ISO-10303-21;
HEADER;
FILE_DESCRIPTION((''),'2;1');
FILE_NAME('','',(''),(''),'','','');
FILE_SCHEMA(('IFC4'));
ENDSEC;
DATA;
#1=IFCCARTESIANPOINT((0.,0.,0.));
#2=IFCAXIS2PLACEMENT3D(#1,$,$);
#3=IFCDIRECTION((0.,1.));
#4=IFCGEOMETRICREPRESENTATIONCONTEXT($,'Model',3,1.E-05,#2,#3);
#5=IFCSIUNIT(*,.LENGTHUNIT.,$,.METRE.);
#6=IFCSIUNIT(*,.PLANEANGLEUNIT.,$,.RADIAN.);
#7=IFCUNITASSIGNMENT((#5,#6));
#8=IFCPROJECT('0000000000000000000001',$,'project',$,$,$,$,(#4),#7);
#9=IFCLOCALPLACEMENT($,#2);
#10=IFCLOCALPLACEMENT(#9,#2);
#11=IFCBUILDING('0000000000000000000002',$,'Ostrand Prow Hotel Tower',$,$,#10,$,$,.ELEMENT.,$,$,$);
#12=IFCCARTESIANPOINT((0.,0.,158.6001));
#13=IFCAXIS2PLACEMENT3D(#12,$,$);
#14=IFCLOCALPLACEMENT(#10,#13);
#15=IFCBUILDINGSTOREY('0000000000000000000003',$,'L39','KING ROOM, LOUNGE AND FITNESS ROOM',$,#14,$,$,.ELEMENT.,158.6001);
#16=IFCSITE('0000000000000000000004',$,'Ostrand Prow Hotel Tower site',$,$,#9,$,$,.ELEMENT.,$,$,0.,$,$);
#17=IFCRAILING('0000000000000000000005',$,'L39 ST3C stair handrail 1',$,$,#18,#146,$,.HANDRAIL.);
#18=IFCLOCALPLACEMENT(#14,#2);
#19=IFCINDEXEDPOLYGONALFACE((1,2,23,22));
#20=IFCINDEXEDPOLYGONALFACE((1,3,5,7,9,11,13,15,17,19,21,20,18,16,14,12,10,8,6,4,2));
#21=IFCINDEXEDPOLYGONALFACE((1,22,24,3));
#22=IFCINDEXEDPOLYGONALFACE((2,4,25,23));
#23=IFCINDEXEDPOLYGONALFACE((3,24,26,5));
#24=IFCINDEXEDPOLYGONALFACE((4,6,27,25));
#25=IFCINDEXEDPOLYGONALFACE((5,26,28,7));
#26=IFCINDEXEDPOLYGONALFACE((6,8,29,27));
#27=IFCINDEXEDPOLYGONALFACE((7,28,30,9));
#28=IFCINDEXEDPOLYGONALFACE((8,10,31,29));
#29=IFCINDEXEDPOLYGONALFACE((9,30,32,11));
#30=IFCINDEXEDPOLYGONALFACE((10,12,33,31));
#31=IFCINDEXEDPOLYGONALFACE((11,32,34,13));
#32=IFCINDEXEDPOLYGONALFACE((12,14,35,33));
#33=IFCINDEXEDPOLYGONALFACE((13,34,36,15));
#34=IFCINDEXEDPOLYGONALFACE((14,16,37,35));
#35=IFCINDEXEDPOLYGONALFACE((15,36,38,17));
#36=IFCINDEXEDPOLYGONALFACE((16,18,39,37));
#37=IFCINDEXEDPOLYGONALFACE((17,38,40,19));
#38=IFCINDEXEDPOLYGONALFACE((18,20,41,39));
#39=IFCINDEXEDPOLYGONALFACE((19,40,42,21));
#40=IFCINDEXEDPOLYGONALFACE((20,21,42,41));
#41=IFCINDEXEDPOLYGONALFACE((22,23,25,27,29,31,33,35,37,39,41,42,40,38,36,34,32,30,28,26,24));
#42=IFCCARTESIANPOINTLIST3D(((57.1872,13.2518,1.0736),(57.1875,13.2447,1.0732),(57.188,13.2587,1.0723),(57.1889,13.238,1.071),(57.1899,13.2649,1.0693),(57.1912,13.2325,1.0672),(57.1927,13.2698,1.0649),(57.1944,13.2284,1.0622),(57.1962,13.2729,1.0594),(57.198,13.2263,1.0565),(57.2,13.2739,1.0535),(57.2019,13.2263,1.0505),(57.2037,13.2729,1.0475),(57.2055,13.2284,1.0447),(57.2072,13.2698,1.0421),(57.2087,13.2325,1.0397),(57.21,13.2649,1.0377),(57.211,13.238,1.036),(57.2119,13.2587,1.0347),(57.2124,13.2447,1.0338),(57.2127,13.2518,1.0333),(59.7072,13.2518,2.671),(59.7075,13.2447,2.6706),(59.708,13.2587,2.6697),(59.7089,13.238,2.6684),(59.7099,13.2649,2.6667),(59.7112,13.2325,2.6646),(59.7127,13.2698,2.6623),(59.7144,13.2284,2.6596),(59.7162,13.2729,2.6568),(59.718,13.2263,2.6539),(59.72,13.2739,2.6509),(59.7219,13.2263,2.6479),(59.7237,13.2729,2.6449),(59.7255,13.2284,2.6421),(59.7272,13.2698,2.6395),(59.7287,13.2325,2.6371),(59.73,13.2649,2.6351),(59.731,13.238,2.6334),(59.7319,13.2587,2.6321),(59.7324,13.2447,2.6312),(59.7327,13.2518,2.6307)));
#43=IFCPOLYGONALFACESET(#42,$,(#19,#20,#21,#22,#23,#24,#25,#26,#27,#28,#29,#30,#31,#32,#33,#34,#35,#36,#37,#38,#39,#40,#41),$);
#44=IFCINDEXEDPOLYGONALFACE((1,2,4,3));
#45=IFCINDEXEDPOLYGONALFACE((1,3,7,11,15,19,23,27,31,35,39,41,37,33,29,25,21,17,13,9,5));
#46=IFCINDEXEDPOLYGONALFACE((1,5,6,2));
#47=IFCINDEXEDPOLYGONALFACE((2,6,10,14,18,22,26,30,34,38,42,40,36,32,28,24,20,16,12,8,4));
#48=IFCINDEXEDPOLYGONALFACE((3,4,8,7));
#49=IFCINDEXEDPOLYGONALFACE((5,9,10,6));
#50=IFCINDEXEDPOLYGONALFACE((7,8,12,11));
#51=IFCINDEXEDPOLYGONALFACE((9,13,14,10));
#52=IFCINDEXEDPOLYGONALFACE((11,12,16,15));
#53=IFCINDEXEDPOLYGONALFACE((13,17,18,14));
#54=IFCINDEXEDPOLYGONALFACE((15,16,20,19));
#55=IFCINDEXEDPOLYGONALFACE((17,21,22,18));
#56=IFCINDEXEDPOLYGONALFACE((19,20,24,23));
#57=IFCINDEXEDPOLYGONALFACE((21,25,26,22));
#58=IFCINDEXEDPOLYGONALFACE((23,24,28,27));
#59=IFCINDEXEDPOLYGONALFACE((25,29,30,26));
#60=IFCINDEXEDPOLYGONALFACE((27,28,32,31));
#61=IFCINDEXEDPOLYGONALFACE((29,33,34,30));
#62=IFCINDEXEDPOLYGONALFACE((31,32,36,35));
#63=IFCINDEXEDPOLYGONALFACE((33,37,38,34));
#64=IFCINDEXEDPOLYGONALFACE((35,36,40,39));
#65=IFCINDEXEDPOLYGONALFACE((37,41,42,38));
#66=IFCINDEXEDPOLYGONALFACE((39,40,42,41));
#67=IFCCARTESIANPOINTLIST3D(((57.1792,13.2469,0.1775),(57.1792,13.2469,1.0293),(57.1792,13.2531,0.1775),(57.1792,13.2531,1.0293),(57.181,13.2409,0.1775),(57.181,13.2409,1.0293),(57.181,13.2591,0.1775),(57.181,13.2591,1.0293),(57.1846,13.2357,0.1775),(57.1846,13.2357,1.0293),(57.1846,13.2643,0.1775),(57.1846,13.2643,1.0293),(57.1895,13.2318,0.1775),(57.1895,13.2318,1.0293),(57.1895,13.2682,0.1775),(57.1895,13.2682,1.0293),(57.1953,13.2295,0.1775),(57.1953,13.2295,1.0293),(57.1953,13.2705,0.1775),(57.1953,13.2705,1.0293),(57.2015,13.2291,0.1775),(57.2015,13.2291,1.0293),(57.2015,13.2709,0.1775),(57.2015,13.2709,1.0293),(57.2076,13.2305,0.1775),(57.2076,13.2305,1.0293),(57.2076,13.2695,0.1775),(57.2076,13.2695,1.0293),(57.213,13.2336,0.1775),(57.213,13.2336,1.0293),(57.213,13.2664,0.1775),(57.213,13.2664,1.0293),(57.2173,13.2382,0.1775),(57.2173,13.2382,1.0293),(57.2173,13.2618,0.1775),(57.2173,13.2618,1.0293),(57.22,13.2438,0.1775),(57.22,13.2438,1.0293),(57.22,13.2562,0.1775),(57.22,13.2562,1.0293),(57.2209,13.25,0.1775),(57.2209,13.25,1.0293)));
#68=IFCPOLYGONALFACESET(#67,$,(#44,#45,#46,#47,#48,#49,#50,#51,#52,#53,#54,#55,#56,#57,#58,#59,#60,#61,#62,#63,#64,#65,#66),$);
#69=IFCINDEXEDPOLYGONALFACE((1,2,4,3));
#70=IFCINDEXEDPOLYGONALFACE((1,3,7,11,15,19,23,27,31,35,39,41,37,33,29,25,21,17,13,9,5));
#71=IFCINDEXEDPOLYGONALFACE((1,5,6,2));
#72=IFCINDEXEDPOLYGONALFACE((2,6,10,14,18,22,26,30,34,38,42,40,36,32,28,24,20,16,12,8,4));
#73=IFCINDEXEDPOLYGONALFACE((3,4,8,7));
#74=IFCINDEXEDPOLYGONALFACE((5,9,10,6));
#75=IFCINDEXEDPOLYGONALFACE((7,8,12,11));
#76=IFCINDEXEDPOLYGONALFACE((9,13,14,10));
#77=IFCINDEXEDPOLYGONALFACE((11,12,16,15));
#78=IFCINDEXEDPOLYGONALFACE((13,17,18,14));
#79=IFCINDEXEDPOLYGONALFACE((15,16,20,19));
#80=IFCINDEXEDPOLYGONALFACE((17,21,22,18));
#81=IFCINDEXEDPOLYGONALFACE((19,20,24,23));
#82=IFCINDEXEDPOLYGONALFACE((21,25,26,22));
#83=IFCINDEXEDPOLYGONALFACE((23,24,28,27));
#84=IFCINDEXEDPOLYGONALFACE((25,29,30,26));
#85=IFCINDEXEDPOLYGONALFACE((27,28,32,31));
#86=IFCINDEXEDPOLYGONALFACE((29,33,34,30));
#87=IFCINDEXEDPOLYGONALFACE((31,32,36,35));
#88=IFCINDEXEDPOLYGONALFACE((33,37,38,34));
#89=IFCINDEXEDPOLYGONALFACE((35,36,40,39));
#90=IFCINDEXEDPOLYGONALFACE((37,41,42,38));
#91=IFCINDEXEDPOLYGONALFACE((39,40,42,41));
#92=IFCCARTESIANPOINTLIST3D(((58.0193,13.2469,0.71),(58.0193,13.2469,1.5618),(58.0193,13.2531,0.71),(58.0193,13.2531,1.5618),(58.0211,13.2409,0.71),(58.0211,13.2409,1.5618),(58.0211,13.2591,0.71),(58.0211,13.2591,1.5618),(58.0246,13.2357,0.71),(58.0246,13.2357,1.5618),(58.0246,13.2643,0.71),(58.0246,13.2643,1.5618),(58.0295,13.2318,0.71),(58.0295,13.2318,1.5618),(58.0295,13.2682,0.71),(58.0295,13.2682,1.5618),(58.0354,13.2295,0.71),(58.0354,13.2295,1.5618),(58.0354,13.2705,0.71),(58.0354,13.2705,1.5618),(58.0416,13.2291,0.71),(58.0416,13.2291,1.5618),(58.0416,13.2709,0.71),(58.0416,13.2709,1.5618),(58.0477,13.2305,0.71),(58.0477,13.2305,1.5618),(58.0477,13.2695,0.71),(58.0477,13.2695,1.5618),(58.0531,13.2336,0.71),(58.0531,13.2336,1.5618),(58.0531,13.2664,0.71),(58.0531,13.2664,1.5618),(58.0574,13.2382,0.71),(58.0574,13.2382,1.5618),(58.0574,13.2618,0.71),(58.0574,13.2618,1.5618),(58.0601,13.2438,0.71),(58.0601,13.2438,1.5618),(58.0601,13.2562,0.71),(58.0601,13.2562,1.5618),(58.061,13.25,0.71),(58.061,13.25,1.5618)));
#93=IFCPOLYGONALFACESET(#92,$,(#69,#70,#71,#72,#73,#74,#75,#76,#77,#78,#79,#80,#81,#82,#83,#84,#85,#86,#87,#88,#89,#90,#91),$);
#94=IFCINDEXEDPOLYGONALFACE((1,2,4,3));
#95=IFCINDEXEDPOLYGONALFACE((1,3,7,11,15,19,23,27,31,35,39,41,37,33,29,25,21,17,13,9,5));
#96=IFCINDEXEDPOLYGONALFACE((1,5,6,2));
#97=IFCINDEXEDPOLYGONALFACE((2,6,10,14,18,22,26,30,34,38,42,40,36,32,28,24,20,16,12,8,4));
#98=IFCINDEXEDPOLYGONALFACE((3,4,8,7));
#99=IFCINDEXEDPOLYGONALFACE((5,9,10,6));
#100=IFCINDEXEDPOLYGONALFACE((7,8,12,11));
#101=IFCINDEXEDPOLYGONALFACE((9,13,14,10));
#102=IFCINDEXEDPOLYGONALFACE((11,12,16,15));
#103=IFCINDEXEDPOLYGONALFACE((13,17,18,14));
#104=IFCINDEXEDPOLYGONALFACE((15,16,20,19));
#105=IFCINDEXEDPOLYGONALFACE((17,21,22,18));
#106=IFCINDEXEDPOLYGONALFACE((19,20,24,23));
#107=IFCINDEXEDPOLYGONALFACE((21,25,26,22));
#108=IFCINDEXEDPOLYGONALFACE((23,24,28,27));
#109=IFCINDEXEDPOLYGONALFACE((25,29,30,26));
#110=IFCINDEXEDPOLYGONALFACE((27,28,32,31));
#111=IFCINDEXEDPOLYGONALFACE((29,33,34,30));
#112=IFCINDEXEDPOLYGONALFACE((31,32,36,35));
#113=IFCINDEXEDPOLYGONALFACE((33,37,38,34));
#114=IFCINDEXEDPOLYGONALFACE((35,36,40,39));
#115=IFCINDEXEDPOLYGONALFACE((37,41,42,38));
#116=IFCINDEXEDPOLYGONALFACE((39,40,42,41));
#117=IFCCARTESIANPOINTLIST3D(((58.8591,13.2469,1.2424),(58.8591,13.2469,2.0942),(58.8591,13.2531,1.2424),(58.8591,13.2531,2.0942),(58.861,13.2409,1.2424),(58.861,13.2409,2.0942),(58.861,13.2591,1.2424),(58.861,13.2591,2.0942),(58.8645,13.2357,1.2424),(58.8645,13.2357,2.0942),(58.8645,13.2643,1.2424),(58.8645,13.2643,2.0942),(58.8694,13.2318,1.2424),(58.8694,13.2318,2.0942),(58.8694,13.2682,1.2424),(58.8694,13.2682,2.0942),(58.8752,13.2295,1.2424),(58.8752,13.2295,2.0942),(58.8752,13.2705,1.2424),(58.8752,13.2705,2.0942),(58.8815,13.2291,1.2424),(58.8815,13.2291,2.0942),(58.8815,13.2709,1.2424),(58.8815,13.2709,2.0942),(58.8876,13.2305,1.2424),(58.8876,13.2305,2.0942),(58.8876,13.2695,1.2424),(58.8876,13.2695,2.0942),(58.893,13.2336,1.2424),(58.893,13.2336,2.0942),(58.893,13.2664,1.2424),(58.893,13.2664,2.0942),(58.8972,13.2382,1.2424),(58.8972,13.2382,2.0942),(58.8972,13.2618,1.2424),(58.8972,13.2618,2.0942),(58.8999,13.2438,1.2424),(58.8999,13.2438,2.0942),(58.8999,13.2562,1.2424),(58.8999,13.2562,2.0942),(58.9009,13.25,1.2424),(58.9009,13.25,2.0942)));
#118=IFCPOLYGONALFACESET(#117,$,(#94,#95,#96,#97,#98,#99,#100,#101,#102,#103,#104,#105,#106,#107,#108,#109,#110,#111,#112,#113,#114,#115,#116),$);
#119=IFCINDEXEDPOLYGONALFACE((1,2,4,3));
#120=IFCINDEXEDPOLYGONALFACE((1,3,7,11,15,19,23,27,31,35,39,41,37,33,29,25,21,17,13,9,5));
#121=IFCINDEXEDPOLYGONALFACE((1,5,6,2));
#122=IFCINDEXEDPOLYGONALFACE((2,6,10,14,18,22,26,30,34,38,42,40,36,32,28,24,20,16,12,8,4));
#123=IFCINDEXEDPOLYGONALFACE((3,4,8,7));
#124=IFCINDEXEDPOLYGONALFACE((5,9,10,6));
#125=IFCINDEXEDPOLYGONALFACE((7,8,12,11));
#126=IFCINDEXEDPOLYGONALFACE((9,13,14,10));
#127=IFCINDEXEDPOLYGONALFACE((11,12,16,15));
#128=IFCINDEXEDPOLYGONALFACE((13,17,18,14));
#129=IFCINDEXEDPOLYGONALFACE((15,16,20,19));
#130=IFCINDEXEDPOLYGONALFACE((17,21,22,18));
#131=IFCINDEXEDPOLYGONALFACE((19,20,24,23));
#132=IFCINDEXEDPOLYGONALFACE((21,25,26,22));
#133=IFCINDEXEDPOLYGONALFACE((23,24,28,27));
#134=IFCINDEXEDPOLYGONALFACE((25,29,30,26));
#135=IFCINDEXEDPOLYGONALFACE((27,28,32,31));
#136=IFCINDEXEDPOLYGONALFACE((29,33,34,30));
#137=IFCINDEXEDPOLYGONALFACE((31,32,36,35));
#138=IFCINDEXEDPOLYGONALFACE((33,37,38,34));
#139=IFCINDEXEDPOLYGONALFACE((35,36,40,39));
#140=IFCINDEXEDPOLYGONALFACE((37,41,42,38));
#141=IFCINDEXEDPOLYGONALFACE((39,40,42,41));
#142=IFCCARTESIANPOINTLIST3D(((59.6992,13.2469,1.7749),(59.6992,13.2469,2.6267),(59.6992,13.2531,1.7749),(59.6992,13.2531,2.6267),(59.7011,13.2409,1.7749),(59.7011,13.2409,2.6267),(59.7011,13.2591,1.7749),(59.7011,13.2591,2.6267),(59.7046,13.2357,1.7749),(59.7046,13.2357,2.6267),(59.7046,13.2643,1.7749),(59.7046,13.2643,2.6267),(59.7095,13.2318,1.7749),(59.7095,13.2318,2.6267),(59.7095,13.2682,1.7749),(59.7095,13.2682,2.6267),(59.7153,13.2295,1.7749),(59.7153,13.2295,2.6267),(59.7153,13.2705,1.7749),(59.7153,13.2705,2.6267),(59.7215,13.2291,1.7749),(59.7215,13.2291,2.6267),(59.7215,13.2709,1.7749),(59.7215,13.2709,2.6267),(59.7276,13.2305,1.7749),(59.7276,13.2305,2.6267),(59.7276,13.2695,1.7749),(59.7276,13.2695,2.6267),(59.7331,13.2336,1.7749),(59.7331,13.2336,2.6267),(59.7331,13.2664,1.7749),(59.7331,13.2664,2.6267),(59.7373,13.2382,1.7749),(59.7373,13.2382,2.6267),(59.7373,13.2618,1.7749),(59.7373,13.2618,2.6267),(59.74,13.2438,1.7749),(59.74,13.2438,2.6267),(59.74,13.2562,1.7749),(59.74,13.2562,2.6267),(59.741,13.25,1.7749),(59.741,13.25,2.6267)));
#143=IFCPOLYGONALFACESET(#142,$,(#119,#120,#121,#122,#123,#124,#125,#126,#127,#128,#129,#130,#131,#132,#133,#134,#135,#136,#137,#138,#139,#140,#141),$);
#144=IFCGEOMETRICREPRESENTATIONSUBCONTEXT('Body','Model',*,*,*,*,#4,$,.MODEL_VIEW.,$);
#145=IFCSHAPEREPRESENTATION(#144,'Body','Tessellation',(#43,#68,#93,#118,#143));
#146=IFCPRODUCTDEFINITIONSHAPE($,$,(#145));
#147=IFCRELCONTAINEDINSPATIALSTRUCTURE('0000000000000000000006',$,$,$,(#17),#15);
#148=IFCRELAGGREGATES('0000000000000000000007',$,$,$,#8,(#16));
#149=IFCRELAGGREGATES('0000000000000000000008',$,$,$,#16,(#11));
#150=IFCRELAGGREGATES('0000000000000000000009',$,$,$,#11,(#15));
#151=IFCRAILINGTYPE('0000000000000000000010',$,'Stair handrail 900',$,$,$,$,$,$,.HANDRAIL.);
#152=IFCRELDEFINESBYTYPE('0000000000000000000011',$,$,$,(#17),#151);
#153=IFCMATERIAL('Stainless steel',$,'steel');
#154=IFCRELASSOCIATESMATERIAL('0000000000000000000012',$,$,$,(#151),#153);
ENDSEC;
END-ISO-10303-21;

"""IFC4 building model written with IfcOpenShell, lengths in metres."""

from ifc_helpers import new_model, si_unit, direction, frame, origin, origin_2d, place, context, subcontext, project, spatial, circle, extrude, material, type_object, element, save


model = new_model("IFC4")

# Units and contexts
model_context = context("Model", 3, precision=1e-05, world=origin(), true_north=direction((0.0, 1.0)))
body_context = subcontext(model_context, "Body", "Model", "MODEL_VIEW")
ifc_project = project(units=[si_unit("LENGTHUNIT", "METRE"), si_unit("PLANEANGLEUNIT", "RADIAN")], contexts=[model_context])

# Site, building, storey
site_placement = place(None, origin())
site = spatial("IfcSite", under=ifc_project, at=site_placement, Name="Ostrand Prow Hotel Tower site", CompositionType="ELEMENT", RefElevation=0.0)
building_placement = place(site_placement, origin())
building = spatial("IfcBuilding", under=site, at=building_placement, Name="Ostrand Prow Hotel Tower", CompositionType="ELEMENT")
storey_placement = place(building_placement, frame((0.0, 0.0, 158.6001)))
storey = spatial("IfcBuildingStorey", under=building, at=storey_placement, Name="L39", Description="KING ROOM, LOUNGE AND FITNESS ROOM", CompositionType="ELEMENT", Elevation=158.6001)

# Railing
ifc_material_1 = material(Name="Stainless steel", Category="steel")
railing_type_1 = type_object("IfcRailingType", Name="Stair handrail 900", PredefinedType="HANDRAIL", material=ifc_material_1)
railing_1_placement = place(storey_placement, frame((57.2, 13.25, 0.1775)))
element("IfcRailing", 1, at=railing_1_placement, inside=storey, type_object=railing_type_1, Name="L39 ST3C stair handrail 1", PredefinedType="HANDRAIL", context=body_context, shape_type="SweptSolid", body=[
    extrude(circle(Radius=0.0239, at=origin_2d()), frame((0.0, 0.0, 0.876), z_axis=(0.844607, 0.0, 0.535387), x_axis=(0.0, 1.0, 0.0)), (0.0, 0.0, 1.0), 2.9836),
    extrude(circle(Radius=0.021, at=origin_2d()), origin(), (0.0, 0.0, 1.0), 0.8518),
    extrude(circle(Radius=0.021, at=origin_2d()), frame((0.8401, 0.0, 0.5325)), (0.0, 0.0, 1.0), 0.8518),
    extrude(circle(Radius=0.021, at=origin_2d()), frame((1.6799, 0.0, 1.0649)), (0.0, 0.0, 1.0), 0.8518),
    extrude(circle(Radius=0.021, at=origin_2d()), frame((2.52, 0.0, 1.5974)), (0.0, 0.0, 1.0), 0.8518),
])

save(model, "model.ifc")
